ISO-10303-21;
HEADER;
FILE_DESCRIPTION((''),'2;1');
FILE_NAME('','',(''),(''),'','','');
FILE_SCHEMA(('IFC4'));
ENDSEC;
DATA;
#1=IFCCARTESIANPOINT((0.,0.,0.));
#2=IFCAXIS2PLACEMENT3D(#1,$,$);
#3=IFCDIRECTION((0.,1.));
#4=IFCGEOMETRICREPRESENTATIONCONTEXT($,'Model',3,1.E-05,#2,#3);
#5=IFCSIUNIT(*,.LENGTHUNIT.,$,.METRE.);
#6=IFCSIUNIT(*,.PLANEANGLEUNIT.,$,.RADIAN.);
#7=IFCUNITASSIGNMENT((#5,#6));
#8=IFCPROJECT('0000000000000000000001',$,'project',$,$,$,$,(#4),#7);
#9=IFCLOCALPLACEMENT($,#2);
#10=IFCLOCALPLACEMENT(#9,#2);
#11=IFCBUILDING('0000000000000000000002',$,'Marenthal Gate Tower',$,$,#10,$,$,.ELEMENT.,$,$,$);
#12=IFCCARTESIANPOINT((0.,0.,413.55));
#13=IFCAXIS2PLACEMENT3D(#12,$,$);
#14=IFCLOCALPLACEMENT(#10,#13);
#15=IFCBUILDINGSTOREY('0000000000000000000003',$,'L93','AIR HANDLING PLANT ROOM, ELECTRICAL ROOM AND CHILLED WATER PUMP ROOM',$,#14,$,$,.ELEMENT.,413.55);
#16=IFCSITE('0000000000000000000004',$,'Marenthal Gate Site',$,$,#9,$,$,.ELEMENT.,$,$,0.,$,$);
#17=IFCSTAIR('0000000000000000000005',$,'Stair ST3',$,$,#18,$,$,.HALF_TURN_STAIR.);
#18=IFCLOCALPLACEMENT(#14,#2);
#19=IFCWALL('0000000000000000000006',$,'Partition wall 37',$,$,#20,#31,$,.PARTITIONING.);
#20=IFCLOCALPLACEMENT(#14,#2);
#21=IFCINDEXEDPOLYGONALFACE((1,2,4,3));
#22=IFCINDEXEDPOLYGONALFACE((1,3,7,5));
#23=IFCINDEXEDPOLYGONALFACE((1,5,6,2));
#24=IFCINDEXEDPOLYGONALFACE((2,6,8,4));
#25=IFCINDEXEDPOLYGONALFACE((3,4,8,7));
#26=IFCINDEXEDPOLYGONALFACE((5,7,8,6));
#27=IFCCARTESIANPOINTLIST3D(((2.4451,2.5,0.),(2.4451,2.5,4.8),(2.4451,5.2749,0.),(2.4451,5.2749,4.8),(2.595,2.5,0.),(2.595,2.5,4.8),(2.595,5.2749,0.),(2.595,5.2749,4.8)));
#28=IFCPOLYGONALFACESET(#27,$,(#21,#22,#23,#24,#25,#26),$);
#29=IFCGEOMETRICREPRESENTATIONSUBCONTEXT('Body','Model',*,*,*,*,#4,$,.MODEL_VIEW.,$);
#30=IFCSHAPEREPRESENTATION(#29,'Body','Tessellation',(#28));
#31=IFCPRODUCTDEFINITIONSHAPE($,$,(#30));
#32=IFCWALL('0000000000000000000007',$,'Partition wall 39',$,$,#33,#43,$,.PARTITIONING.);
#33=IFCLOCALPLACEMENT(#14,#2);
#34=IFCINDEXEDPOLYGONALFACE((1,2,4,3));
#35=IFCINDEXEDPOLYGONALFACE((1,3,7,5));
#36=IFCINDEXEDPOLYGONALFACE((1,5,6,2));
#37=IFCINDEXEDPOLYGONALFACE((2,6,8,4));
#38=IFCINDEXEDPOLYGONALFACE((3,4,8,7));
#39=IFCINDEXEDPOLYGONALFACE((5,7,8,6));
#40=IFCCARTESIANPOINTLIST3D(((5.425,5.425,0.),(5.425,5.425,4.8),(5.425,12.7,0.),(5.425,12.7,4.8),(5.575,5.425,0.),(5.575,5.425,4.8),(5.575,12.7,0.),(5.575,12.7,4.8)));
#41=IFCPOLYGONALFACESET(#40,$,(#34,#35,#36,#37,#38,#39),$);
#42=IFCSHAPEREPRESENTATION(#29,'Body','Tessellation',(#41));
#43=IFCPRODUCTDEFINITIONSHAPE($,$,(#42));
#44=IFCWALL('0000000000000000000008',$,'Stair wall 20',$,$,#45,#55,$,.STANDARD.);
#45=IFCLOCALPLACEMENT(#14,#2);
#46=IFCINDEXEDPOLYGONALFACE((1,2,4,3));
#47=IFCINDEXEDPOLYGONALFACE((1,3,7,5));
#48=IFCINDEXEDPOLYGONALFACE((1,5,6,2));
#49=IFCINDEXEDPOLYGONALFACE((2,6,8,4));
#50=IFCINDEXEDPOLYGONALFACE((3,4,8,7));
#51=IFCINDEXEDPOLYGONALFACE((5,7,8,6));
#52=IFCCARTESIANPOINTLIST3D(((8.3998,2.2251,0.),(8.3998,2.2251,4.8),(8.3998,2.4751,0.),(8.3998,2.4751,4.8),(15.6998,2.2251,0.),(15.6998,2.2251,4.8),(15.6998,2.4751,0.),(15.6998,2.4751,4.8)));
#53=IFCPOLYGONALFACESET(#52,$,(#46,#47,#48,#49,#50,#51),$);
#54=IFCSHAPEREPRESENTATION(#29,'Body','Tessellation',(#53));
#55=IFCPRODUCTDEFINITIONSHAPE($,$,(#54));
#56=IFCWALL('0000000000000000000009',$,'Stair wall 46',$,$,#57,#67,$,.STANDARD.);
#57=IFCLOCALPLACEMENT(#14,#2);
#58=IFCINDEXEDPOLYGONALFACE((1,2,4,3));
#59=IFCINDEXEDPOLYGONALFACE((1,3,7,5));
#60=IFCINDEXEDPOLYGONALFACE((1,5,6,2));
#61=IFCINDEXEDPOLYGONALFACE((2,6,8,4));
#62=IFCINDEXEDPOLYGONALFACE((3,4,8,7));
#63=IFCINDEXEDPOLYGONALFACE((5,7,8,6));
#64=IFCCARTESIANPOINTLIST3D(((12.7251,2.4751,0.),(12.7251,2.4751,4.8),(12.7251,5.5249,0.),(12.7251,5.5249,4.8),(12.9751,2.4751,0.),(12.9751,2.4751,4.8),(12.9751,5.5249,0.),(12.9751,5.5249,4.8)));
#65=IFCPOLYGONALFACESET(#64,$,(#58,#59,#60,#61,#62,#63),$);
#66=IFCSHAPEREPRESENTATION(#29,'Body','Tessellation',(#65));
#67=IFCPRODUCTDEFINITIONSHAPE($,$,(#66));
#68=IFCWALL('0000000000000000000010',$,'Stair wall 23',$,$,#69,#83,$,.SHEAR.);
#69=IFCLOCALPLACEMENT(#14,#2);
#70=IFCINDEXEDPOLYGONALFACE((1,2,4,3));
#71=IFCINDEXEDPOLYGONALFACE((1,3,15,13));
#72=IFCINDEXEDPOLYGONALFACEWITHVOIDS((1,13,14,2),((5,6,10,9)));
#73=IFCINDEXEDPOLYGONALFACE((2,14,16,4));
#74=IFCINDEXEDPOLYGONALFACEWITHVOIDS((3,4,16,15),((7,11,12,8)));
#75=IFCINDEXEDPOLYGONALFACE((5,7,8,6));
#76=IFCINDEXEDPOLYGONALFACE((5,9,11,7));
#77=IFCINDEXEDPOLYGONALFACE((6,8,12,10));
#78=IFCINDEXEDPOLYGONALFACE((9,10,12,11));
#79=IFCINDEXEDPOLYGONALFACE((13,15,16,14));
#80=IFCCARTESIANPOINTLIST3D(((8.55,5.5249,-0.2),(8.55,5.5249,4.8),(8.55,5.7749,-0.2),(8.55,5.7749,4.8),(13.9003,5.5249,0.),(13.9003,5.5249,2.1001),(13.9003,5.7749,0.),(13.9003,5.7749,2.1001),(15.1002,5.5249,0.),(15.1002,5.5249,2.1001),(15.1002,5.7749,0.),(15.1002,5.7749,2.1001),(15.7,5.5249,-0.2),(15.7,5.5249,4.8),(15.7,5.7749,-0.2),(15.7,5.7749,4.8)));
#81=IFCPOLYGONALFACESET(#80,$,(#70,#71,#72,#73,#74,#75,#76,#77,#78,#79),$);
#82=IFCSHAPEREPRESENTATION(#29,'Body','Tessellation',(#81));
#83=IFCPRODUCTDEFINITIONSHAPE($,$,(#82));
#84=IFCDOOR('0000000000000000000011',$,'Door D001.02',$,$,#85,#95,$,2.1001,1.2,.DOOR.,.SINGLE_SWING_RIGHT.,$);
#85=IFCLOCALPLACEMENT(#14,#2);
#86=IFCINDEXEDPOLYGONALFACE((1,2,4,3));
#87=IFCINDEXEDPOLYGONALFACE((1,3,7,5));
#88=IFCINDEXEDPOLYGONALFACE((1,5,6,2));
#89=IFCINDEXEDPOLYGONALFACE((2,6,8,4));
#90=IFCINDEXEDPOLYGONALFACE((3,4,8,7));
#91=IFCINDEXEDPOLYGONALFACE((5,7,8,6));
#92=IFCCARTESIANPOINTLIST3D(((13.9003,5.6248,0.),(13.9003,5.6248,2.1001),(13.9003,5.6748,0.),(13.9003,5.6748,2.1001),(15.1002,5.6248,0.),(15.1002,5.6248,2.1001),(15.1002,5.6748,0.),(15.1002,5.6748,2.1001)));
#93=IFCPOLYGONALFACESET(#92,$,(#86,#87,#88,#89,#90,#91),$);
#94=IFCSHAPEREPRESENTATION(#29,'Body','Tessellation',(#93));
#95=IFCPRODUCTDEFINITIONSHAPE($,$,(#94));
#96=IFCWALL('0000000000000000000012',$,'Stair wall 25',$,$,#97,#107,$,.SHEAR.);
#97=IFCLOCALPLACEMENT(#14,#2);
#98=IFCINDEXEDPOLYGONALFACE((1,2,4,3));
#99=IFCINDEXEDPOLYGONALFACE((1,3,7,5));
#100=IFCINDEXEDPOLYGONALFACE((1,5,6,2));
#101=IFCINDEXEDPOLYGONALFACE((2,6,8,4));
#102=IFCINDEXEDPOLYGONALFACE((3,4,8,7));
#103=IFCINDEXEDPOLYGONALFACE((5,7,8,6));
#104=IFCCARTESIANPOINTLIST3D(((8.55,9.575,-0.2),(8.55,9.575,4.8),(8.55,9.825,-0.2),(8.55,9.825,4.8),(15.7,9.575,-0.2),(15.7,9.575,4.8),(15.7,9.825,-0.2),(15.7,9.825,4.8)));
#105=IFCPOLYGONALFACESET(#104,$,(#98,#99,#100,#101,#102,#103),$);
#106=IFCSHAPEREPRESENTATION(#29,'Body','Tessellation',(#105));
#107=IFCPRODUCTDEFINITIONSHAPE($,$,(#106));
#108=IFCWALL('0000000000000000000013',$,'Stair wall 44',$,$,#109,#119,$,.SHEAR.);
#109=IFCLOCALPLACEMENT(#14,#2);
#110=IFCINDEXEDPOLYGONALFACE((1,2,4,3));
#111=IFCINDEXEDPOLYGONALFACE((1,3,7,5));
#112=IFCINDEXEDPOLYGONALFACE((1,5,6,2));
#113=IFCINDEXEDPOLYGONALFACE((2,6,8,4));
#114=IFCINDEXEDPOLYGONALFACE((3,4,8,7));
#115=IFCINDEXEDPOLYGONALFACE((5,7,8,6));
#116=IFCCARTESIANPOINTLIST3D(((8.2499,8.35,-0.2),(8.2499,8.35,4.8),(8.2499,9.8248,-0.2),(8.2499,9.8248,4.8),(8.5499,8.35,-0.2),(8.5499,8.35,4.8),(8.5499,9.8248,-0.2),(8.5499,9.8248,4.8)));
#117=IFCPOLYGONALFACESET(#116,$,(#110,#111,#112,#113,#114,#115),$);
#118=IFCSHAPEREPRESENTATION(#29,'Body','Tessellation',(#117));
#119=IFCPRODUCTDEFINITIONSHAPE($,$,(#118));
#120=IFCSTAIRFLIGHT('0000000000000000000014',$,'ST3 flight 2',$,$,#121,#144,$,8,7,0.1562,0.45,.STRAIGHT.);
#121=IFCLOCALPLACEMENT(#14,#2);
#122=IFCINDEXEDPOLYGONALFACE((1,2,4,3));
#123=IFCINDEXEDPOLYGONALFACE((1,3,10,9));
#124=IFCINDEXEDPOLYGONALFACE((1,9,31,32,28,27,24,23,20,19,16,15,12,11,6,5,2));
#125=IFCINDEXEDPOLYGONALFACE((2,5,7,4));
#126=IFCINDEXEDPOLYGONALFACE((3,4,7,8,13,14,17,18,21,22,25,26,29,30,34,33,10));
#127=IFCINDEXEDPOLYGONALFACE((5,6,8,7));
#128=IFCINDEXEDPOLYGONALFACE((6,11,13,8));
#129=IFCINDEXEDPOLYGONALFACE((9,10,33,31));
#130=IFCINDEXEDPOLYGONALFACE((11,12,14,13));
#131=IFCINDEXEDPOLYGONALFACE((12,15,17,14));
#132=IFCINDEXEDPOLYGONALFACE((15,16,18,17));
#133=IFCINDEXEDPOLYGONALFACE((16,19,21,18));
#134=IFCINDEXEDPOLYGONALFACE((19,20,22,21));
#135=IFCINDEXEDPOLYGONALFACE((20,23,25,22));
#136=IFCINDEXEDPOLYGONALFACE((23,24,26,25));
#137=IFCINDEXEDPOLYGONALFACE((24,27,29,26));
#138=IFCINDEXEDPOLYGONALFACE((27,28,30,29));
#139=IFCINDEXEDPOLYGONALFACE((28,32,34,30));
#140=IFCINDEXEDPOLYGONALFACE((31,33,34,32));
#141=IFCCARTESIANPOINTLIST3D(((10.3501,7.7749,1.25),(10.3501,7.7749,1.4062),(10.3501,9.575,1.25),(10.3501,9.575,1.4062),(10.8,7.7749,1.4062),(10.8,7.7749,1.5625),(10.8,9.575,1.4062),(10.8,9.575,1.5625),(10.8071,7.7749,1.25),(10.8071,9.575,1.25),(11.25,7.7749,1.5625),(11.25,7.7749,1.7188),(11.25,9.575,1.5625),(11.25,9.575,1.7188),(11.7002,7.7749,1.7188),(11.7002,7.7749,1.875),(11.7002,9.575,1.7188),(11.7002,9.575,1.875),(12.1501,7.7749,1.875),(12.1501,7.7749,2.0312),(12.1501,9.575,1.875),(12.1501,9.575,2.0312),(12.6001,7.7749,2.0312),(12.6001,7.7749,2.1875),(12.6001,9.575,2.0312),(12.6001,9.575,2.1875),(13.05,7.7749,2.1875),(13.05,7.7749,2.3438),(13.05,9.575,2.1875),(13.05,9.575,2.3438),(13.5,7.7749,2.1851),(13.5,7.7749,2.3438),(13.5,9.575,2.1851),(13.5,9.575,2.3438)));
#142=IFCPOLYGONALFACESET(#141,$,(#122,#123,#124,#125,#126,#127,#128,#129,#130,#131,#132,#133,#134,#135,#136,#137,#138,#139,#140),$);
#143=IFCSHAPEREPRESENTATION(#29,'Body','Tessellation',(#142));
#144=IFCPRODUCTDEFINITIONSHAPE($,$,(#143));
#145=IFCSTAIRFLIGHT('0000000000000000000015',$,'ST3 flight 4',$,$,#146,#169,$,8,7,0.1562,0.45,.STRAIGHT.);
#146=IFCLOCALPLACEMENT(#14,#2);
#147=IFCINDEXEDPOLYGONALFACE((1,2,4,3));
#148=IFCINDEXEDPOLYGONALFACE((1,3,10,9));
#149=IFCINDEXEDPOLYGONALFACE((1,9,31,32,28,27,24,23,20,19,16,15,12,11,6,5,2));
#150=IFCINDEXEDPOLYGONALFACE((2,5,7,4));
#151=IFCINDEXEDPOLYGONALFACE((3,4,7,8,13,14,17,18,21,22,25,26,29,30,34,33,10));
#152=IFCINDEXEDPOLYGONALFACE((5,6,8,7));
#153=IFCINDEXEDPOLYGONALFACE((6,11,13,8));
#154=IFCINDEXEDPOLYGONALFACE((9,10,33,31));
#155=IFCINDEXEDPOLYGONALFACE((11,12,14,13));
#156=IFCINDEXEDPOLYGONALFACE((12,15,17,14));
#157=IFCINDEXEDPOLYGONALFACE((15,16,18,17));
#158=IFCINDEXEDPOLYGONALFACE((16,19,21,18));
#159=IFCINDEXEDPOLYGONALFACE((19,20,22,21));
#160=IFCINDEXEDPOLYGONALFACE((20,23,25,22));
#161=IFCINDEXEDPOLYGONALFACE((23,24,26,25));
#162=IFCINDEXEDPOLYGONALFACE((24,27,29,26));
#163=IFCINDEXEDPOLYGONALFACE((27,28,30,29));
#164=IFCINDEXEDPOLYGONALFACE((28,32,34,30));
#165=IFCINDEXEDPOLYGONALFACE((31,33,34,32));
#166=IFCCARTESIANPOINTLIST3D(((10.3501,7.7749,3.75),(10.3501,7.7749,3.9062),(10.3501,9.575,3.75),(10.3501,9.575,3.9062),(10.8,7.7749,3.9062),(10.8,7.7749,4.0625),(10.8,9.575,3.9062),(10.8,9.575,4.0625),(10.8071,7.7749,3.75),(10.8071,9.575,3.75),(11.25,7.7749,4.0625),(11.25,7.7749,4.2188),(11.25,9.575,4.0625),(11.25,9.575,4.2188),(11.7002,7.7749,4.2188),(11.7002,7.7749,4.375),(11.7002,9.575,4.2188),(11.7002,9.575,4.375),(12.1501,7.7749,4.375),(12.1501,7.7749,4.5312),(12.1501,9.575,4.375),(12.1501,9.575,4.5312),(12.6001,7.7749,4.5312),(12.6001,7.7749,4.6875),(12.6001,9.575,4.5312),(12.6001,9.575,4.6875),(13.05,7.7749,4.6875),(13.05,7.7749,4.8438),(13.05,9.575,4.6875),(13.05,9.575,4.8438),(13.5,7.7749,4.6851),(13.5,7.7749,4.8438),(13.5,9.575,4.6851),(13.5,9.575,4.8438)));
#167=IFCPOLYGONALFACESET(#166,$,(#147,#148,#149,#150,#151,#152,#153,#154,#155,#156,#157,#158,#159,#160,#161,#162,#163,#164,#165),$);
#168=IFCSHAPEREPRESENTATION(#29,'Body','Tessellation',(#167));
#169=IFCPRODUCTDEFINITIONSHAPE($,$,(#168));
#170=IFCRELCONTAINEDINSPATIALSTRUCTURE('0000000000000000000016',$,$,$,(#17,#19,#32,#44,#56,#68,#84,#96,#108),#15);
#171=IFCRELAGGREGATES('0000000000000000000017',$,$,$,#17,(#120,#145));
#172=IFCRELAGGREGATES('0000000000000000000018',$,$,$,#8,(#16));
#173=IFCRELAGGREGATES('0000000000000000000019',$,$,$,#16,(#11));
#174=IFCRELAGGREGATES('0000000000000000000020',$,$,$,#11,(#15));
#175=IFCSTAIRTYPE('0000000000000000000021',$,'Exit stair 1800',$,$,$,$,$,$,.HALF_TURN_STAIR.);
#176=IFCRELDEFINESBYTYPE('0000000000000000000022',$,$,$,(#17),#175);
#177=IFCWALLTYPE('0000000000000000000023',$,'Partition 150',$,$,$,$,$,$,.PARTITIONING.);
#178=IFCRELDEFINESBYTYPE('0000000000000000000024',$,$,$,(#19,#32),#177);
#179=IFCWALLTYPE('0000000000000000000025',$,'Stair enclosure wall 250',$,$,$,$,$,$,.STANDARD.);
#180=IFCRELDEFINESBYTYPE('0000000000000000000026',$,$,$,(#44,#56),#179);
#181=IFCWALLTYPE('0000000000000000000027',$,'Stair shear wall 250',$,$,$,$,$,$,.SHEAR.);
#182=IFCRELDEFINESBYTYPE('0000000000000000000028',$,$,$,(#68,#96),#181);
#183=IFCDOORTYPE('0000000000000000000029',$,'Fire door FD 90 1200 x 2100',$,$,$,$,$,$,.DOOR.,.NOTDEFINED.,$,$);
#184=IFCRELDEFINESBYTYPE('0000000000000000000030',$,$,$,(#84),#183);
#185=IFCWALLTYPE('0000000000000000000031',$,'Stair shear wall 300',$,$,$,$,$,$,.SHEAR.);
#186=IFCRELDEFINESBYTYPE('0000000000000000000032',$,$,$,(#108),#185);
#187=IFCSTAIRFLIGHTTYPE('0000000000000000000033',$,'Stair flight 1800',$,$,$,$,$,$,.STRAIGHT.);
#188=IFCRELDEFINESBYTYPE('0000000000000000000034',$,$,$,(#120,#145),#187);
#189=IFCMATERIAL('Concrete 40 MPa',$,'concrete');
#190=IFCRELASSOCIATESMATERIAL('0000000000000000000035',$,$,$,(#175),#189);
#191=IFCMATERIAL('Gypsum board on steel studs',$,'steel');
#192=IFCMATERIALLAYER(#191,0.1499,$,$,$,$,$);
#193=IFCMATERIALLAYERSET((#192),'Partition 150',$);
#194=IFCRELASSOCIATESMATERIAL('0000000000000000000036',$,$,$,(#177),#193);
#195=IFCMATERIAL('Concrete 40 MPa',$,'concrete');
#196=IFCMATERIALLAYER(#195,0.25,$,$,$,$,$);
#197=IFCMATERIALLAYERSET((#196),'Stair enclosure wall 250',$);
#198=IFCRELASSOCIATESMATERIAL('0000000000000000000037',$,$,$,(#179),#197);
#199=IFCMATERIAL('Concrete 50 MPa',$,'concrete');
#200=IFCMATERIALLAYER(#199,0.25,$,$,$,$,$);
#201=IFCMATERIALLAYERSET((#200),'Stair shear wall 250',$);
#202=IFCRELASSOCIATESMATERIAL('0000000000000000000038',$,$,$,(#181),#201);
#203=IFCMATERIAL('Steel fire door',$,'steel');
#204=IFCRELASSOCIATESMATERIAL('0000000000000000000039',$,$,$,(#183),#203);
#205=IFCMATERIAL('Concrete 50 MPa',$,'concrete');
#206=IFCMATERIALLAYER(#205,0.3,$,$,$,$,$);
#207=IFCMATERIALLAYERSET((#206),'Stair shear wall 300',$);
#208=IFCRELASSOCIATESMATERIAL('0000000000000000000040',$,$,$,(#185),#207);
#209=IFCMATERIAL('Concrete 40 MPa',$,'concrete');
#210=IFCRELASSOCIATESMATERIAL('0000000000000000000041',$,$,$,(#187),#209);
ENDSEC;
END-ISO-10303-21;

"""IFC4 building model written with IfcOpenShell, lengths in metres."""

from ifc_helpers import new_model, si_unit, direction, frame, frame_2d, origin, place, context, subcontext, project, spatial, polyline, rectangle, outline, extrude, material, layer, layer_set, type_object, element, fill, aggregate, save


model = new_model("IFC4")

# Units and contexts
model_context = context("Model", 3, precision=1e-05, world=origin(), true_north=direction((0.0, 1.0)))
body_context = subcontext(model_context, "Body", "Model", "MODEL_VIEW")
ifc_project = project(units=[si_unit("LENGTHUNIT", "METRE"), si_unit("PLANEANGLEUNIT", "RADIAN")], contexts=[model_context])

# Site, building, storey
site_placement = place(None, origin())
site = spatial("IfcSite", under=ifc_project, at=site_placement, Name="Marenthal Gate Site", CompositionType="ELEMENT", RefElevation=0.0)
building_placement = place(site_placement, origin())
building = spatial("IfcBuilding", under=site, at=building_placement, Name="Marenthal Gate Tower", CompositionType="ELEMENT")
storey_placement = place(building_placement, frame((0.0, 0.0, 413.55)))
storey = spatial("IfcBuildingStorey", under=building, at=storey_placement, Name="L93", Description="AIR HANDLING PLANT ROOM, ELECTRICAL ROOM AND CHILLED WATER PUMP ROOM", CompositionType="ELEMENT", Elevation=413.55)

# Stair
ifc_material_1 = material(Name="Concrete 40 MPa", Category="concrete")
stair_type = type_object("IfcStairType", Name="Exit stair 1800", PredefinedType="HALF_TURN_STAIR", material=ifc_material_1)
stair_1_placement = place(storey_placement, origin())
stair_1 = element("IfcStair", 1, at=stair_1_placement, inside=storey, type_object=stair_type, Name="Stair ST3", PredefinedType="HALF_TURN_STAIR")

# Walls
ifc_material_2 = material(Name="Gypsum board on steel studs", Category="steel")
ifc_layer_1 = layer(ifc_material_2, 0.1499)
ifc_layer_set_1 = layer_set([ifc_layer_1], Name="Partition 150")
wall_type_1 = type_object("IfcWallType", Name="Partition 150", PredefinedType="PARTITIONING", material=ifc_layer_set_1)
wall_1_placement = place(storey_placement, frame((2.52, 2.5, 0.0), z_axis=(0.0, 0.0, 1.0), x_axis=(0.0, 1.0, 0.0)))
element("IfcWall", 2, at=wall_1_placement, inside=storey, type_object=wall_type_1, Name="Partition wall 37", PredefinedType="PARTITIONING", context=body_context, shape_type="SweptSolid", body=[
    extrude(rectangle(XDim=2.7749, YDim=0.1499, at=frame_2d((1.3875, 0.0))), origin(), (0.0, 0.0, 1.0), 4.8),
])
wall_2_placement = place(storey_placement, frame((5.5, 5.425, 0.0), z_axis=(0.0, 0.0, 1.0), x_axis=(0.0, 1.0, 0.0)))
element("IfcWall", 3, at=wall_2_placement, inside=storey, type_object=wall_type_1, Name="Partition wall 39", PredefinedType="PARTITIONING", context=body_context, shape_type="SweptSolid", body=[
    extrude(rectangle(XDim=7.2749, YDim=0.1499, at=frame_2d((3.6375, 0.0))), origin(), (0.0, 0.0, 1.0), 4.8),
])
ifc_material_3 = material(Name="Concrete 40 MPa", Category="concrete")
ifc_layer_2 = layer(ifc_material_3, 0.25)
ifc_layer_set_2 = layer_set([ifc_layer_2], Name="Stair enclosure wall 250")
wall_type_2 = type_object("IfcWallType", Name="Stair enclosure wall 250", PredefinedType="STANDARD", material=ifc_layer_set_2)
wall_3_placement = place(storey_placement, frame((8.3999, 2.3501, 0.0), z_axis=(0.0, 0.0, 1.0), x_axis=(1.0, 0.0, 0.0)))
element("IfcWall", 4, at=wall_3_placement, inside=storey, type_object=wall_type_2, Name="Stair wall 20", PredefinedType="STANDARD", context=body_context, shape_type="SweptSolid", body=[
    extrude(rectangle(XDim=7.3, YDim=0.25, at=frame_2d((3.6499, 0.0))), origin(), (0.0, 0.0, 1.0), 4.8),
])
wall_4_placement = place(storey_placement, frame((12.8501, 2.4751, 0.0), z_axis=(0.0, 0.0, 1.0), x_axis=(0.0, 1.0, 0.0)))
element("IfcWall", 5, at=wall_4_placement, inside=storey, type_object=wall_type_2, Name="Stair wall 46", PredefinedType="STANDARD", context=body_context, shape_type="SweptSolid", body=[
    extrude(rectangle(XDim=3.0498, YDim=0.25, at=frame_2d((1.5249, 0.0))), origin(), (0.0, 0.0, 1.0), 4.8),
])

# Wall, opening, door
ifc_material_4 = material(Name="Concrete 50 MPa", Category="concrete")
ifc_layer_3 = layer(ifc_material_4, 0.25)
ifc_layer_set_3 = layer_set([ifc_layer_3], Name="Stair shear wall 250")
wall_type_3 = type_object("IfcWallType", Name="Stair shear wall 250", PredefinedType="SHEAR", material=ifc_layer_set_3)
wall_5_placement = place(storey_placement, frame((8.55, 5.6499, -0.2), z_axis=(0.0, 0.0, 1.0), x_axis=(1.0, 0.0, 0.0)))
wall_5 = element("IfcWall", 6, at=wall_5_placement, inside=storey, type_object=wall_type_3, Name="Stair wall 23", PredefinedType="SHEAR", context=body_context, shape_type="SweptSolid", body=[
    extrude(rectangle(XDim=7.1499, YDim=0.25, at=frame_2d((3.575, 0.0))), origin(), (0.0, 0.0, 1.0), 5.0),
])
opening_1_placement = place(wall_5_placement, frame((5.3501, 0.0, 0.2)))
opening_1 = element("IfcOpeningElement", 7, at=opening_1_placement, cuts=wall_5, PredefinedType="OPENING", context=body_context, shape_type="SweptSolid", body=[
    extrude(rectangle(XDim=1.2, YDim=2.1001, at=frame_2d((0.6001, 1.05))), frame((0.0, 0.135, 0.0), z_axis=(0.0, -1.0, 0.0), x_axis=(1.0, 0.0, 0.0)), (0.0, 0.0, 1.0), 0.27),
])
ifc_material_5 = material(Name="Steel fire door", Category="steel")
door_type_1 = type_object("IfcDoorType", Name="Fire door FD 90 1200 x 2100", OperationType="NOTDEFINED", PredefinedType="DOOR", material=ifc_material_5)
door_1_placement = place(opening_1_placement, origin())
door_1 = element("IfcDoor", 8, at=door_1_placement, inside=storey, type_object=door_type_1, Name="Door D001.02", OperationType="SINGLE_SWING_RIGHT", OverallHeight=2.1001, OverallWidth=1.2, PredefinedType="DOOR", context=body_context, shape_type="SweptSolid", body=[
    extrude(rectangle(XDim=1.2, YDim=2.1001, at=frame_2d((0.6001, 1.05))), frame((0.0, 0.0249, 0.0), z_axis=(0.0, -1.0, 0.0), x_axis=(1.0, 0.0, 0.0)), (0.0, 0.0, 1.0), 0.05),
])
fill(opening_1, door_1)

# Walls
wall_6_placement = place(storey_placement, frame((8.55, 9.7, -0.2), z_axis=(0.0, 0.0, 1.0), x_axis=(1.0, 0.0, 0.0)))
element("IfcWall", 9, at=wall_6_placement, inside=storey, type_object=wall_type_3, Name="Stair wall 25", PredefinedType="SHEAR", context=body_context, shape_type="SweptSolid", body=[
    extrude(rectangle(XDim=7.1499, YDim=0.25, at=frame_2d((3.575, 0.0))), origin(), (0.0, 0.0, 1.0), 5.0),
])
ifc_material_6 = material(Name="Concrete 50 MPa", Category="concrete")
ifc_layer_4 = layer(ifc_material_6, 0.3)
ifc_layer_set_4 = layer_set([ifc_layer_4], Name="Stair shear wall 300")
wall_type_4 = type_object("IfcWallType", Name="Stair shear wall 300", PredefinedType="SHEAR", material=ifc_layer_set_4)
wall_7_placement = place(storey_placement, frame((8.3999, 8.3501, -0.2), z_axis=(0.0, 0.0, 1.0), x_axis=(0.0, 1.0, 0.0)))
element("IfcWall", 10, at=wall_7_placement, inside=storey, type_object=wall_type_4, Name="Stair wall 44", PredefinedType="SHEAR", context=body_context, shape_type="SweptSolid", body=[
    extrude(rectangle(XDim=1.4749, YDim=0.3, at=frame_2d((0.7373, 0.0))), origin(), (0.0, 0.0, 1.0), 5.0),
])

# Stair flights
ifc_material_7 = material(Name="Concrete 40 MPa", Category="concrete")
stair_flight_type = type_object("IfcStairFlightType", Name="Stair flight 1800", PredefinedType="STRAIGHT", material=ifc_material_7)
stair_flight_1_placement = place(storey_placement, frame((10.3501, 8.675, 1.25), z_axis=(0.0, 0.0, 1.0), x_axis=(1.0, 0.0, 0.0)))
stair_flight_1 = element("IfcStairFlight", 11, at=stair_flight_1_placement, type_object=stair_flight_type, Name="ST3 flight 2", NumberOfRisers=8, NumberOfTreads=7, PredefinedType="STRAIGHT", RiserHeight=0.1562, TreadLength=0.45, context=body_context, shape_type="SweptSolid", body=[
    extrude(outline(polyline([(0.0, 0.0), (0.0, 0.1562), (0.45, 0.1562), (0.45, 0.3125), (0.8999, 0.3125), (0.8999, 0.4688), (1.3501, 0.4688), (1.3501, 0.625), (1.8, 0.625), (1.8, 0.7812), (2.25, 0.7812), (2.25, 0.9375), (2.7, 0.9375), (2.7, 1.0938), (3.1499, 1.0938), (3.1499, 1.25), (3.1499, 0.9351), (0.457, 0.0), (0.0, 0.0)])), frame((0.0, 0.8999, 0.0), z_axis=(0.0, -1.0, 0.0), x_axis=(1.0, 0.0, 0.0)), (0.0, 0.0, 1.0), 1.8),
])
stair_flight_2_placement = place(storey_placement, frame((10.3501, 8.675, 3.75), z_axis=(0.0, 0.0, 1.0), x_axis=(1.0, 0.0, 0.0)))
stair_flight_2 = element("IfcStairFlight", 12, at=stair_flight_2_placement, type_object=stair_flight_type, Name="ST3 flight 4", NumberOfRisers=8, NumberOfTreads=7, PredefinedType="STRAIGHT", RiserHeight=0.1562, TreadLength=0.45, context=body_context, shape_type="SweptSolid", body=[
    extrude(outline(polyline([(0.0, 0.0), (0.0, 0.1562), (0.45, 0.1562), (0.45, 0.3125), (0.8999, 0.3125), (0.8999, 0.4688), (1.3501, 0.4688), (1.3501, 0.625), (1.8, 0.625), (1.8, 0.7812), (2.25, 0.7812), (2.25, 0.9375), (2.7, 0.9375), (2.7, 1.0938), (3.1499, 1.0938), (3.1499, 1.25), (3.1499, 0.9351), (0.457, 0.0), (0.0, 0.0)])), frame((0.0, 0.8999, 0.0), z_axis=(0.0, -1.0, 0.0), x_axis=(1.0, 0.0, 0.0)), (0.0, 0.0, 1.0), 1.8),
])
aggregate(stair_1, [stair_flight_1, stair_flight_2])

save(model, "model.ifc")
